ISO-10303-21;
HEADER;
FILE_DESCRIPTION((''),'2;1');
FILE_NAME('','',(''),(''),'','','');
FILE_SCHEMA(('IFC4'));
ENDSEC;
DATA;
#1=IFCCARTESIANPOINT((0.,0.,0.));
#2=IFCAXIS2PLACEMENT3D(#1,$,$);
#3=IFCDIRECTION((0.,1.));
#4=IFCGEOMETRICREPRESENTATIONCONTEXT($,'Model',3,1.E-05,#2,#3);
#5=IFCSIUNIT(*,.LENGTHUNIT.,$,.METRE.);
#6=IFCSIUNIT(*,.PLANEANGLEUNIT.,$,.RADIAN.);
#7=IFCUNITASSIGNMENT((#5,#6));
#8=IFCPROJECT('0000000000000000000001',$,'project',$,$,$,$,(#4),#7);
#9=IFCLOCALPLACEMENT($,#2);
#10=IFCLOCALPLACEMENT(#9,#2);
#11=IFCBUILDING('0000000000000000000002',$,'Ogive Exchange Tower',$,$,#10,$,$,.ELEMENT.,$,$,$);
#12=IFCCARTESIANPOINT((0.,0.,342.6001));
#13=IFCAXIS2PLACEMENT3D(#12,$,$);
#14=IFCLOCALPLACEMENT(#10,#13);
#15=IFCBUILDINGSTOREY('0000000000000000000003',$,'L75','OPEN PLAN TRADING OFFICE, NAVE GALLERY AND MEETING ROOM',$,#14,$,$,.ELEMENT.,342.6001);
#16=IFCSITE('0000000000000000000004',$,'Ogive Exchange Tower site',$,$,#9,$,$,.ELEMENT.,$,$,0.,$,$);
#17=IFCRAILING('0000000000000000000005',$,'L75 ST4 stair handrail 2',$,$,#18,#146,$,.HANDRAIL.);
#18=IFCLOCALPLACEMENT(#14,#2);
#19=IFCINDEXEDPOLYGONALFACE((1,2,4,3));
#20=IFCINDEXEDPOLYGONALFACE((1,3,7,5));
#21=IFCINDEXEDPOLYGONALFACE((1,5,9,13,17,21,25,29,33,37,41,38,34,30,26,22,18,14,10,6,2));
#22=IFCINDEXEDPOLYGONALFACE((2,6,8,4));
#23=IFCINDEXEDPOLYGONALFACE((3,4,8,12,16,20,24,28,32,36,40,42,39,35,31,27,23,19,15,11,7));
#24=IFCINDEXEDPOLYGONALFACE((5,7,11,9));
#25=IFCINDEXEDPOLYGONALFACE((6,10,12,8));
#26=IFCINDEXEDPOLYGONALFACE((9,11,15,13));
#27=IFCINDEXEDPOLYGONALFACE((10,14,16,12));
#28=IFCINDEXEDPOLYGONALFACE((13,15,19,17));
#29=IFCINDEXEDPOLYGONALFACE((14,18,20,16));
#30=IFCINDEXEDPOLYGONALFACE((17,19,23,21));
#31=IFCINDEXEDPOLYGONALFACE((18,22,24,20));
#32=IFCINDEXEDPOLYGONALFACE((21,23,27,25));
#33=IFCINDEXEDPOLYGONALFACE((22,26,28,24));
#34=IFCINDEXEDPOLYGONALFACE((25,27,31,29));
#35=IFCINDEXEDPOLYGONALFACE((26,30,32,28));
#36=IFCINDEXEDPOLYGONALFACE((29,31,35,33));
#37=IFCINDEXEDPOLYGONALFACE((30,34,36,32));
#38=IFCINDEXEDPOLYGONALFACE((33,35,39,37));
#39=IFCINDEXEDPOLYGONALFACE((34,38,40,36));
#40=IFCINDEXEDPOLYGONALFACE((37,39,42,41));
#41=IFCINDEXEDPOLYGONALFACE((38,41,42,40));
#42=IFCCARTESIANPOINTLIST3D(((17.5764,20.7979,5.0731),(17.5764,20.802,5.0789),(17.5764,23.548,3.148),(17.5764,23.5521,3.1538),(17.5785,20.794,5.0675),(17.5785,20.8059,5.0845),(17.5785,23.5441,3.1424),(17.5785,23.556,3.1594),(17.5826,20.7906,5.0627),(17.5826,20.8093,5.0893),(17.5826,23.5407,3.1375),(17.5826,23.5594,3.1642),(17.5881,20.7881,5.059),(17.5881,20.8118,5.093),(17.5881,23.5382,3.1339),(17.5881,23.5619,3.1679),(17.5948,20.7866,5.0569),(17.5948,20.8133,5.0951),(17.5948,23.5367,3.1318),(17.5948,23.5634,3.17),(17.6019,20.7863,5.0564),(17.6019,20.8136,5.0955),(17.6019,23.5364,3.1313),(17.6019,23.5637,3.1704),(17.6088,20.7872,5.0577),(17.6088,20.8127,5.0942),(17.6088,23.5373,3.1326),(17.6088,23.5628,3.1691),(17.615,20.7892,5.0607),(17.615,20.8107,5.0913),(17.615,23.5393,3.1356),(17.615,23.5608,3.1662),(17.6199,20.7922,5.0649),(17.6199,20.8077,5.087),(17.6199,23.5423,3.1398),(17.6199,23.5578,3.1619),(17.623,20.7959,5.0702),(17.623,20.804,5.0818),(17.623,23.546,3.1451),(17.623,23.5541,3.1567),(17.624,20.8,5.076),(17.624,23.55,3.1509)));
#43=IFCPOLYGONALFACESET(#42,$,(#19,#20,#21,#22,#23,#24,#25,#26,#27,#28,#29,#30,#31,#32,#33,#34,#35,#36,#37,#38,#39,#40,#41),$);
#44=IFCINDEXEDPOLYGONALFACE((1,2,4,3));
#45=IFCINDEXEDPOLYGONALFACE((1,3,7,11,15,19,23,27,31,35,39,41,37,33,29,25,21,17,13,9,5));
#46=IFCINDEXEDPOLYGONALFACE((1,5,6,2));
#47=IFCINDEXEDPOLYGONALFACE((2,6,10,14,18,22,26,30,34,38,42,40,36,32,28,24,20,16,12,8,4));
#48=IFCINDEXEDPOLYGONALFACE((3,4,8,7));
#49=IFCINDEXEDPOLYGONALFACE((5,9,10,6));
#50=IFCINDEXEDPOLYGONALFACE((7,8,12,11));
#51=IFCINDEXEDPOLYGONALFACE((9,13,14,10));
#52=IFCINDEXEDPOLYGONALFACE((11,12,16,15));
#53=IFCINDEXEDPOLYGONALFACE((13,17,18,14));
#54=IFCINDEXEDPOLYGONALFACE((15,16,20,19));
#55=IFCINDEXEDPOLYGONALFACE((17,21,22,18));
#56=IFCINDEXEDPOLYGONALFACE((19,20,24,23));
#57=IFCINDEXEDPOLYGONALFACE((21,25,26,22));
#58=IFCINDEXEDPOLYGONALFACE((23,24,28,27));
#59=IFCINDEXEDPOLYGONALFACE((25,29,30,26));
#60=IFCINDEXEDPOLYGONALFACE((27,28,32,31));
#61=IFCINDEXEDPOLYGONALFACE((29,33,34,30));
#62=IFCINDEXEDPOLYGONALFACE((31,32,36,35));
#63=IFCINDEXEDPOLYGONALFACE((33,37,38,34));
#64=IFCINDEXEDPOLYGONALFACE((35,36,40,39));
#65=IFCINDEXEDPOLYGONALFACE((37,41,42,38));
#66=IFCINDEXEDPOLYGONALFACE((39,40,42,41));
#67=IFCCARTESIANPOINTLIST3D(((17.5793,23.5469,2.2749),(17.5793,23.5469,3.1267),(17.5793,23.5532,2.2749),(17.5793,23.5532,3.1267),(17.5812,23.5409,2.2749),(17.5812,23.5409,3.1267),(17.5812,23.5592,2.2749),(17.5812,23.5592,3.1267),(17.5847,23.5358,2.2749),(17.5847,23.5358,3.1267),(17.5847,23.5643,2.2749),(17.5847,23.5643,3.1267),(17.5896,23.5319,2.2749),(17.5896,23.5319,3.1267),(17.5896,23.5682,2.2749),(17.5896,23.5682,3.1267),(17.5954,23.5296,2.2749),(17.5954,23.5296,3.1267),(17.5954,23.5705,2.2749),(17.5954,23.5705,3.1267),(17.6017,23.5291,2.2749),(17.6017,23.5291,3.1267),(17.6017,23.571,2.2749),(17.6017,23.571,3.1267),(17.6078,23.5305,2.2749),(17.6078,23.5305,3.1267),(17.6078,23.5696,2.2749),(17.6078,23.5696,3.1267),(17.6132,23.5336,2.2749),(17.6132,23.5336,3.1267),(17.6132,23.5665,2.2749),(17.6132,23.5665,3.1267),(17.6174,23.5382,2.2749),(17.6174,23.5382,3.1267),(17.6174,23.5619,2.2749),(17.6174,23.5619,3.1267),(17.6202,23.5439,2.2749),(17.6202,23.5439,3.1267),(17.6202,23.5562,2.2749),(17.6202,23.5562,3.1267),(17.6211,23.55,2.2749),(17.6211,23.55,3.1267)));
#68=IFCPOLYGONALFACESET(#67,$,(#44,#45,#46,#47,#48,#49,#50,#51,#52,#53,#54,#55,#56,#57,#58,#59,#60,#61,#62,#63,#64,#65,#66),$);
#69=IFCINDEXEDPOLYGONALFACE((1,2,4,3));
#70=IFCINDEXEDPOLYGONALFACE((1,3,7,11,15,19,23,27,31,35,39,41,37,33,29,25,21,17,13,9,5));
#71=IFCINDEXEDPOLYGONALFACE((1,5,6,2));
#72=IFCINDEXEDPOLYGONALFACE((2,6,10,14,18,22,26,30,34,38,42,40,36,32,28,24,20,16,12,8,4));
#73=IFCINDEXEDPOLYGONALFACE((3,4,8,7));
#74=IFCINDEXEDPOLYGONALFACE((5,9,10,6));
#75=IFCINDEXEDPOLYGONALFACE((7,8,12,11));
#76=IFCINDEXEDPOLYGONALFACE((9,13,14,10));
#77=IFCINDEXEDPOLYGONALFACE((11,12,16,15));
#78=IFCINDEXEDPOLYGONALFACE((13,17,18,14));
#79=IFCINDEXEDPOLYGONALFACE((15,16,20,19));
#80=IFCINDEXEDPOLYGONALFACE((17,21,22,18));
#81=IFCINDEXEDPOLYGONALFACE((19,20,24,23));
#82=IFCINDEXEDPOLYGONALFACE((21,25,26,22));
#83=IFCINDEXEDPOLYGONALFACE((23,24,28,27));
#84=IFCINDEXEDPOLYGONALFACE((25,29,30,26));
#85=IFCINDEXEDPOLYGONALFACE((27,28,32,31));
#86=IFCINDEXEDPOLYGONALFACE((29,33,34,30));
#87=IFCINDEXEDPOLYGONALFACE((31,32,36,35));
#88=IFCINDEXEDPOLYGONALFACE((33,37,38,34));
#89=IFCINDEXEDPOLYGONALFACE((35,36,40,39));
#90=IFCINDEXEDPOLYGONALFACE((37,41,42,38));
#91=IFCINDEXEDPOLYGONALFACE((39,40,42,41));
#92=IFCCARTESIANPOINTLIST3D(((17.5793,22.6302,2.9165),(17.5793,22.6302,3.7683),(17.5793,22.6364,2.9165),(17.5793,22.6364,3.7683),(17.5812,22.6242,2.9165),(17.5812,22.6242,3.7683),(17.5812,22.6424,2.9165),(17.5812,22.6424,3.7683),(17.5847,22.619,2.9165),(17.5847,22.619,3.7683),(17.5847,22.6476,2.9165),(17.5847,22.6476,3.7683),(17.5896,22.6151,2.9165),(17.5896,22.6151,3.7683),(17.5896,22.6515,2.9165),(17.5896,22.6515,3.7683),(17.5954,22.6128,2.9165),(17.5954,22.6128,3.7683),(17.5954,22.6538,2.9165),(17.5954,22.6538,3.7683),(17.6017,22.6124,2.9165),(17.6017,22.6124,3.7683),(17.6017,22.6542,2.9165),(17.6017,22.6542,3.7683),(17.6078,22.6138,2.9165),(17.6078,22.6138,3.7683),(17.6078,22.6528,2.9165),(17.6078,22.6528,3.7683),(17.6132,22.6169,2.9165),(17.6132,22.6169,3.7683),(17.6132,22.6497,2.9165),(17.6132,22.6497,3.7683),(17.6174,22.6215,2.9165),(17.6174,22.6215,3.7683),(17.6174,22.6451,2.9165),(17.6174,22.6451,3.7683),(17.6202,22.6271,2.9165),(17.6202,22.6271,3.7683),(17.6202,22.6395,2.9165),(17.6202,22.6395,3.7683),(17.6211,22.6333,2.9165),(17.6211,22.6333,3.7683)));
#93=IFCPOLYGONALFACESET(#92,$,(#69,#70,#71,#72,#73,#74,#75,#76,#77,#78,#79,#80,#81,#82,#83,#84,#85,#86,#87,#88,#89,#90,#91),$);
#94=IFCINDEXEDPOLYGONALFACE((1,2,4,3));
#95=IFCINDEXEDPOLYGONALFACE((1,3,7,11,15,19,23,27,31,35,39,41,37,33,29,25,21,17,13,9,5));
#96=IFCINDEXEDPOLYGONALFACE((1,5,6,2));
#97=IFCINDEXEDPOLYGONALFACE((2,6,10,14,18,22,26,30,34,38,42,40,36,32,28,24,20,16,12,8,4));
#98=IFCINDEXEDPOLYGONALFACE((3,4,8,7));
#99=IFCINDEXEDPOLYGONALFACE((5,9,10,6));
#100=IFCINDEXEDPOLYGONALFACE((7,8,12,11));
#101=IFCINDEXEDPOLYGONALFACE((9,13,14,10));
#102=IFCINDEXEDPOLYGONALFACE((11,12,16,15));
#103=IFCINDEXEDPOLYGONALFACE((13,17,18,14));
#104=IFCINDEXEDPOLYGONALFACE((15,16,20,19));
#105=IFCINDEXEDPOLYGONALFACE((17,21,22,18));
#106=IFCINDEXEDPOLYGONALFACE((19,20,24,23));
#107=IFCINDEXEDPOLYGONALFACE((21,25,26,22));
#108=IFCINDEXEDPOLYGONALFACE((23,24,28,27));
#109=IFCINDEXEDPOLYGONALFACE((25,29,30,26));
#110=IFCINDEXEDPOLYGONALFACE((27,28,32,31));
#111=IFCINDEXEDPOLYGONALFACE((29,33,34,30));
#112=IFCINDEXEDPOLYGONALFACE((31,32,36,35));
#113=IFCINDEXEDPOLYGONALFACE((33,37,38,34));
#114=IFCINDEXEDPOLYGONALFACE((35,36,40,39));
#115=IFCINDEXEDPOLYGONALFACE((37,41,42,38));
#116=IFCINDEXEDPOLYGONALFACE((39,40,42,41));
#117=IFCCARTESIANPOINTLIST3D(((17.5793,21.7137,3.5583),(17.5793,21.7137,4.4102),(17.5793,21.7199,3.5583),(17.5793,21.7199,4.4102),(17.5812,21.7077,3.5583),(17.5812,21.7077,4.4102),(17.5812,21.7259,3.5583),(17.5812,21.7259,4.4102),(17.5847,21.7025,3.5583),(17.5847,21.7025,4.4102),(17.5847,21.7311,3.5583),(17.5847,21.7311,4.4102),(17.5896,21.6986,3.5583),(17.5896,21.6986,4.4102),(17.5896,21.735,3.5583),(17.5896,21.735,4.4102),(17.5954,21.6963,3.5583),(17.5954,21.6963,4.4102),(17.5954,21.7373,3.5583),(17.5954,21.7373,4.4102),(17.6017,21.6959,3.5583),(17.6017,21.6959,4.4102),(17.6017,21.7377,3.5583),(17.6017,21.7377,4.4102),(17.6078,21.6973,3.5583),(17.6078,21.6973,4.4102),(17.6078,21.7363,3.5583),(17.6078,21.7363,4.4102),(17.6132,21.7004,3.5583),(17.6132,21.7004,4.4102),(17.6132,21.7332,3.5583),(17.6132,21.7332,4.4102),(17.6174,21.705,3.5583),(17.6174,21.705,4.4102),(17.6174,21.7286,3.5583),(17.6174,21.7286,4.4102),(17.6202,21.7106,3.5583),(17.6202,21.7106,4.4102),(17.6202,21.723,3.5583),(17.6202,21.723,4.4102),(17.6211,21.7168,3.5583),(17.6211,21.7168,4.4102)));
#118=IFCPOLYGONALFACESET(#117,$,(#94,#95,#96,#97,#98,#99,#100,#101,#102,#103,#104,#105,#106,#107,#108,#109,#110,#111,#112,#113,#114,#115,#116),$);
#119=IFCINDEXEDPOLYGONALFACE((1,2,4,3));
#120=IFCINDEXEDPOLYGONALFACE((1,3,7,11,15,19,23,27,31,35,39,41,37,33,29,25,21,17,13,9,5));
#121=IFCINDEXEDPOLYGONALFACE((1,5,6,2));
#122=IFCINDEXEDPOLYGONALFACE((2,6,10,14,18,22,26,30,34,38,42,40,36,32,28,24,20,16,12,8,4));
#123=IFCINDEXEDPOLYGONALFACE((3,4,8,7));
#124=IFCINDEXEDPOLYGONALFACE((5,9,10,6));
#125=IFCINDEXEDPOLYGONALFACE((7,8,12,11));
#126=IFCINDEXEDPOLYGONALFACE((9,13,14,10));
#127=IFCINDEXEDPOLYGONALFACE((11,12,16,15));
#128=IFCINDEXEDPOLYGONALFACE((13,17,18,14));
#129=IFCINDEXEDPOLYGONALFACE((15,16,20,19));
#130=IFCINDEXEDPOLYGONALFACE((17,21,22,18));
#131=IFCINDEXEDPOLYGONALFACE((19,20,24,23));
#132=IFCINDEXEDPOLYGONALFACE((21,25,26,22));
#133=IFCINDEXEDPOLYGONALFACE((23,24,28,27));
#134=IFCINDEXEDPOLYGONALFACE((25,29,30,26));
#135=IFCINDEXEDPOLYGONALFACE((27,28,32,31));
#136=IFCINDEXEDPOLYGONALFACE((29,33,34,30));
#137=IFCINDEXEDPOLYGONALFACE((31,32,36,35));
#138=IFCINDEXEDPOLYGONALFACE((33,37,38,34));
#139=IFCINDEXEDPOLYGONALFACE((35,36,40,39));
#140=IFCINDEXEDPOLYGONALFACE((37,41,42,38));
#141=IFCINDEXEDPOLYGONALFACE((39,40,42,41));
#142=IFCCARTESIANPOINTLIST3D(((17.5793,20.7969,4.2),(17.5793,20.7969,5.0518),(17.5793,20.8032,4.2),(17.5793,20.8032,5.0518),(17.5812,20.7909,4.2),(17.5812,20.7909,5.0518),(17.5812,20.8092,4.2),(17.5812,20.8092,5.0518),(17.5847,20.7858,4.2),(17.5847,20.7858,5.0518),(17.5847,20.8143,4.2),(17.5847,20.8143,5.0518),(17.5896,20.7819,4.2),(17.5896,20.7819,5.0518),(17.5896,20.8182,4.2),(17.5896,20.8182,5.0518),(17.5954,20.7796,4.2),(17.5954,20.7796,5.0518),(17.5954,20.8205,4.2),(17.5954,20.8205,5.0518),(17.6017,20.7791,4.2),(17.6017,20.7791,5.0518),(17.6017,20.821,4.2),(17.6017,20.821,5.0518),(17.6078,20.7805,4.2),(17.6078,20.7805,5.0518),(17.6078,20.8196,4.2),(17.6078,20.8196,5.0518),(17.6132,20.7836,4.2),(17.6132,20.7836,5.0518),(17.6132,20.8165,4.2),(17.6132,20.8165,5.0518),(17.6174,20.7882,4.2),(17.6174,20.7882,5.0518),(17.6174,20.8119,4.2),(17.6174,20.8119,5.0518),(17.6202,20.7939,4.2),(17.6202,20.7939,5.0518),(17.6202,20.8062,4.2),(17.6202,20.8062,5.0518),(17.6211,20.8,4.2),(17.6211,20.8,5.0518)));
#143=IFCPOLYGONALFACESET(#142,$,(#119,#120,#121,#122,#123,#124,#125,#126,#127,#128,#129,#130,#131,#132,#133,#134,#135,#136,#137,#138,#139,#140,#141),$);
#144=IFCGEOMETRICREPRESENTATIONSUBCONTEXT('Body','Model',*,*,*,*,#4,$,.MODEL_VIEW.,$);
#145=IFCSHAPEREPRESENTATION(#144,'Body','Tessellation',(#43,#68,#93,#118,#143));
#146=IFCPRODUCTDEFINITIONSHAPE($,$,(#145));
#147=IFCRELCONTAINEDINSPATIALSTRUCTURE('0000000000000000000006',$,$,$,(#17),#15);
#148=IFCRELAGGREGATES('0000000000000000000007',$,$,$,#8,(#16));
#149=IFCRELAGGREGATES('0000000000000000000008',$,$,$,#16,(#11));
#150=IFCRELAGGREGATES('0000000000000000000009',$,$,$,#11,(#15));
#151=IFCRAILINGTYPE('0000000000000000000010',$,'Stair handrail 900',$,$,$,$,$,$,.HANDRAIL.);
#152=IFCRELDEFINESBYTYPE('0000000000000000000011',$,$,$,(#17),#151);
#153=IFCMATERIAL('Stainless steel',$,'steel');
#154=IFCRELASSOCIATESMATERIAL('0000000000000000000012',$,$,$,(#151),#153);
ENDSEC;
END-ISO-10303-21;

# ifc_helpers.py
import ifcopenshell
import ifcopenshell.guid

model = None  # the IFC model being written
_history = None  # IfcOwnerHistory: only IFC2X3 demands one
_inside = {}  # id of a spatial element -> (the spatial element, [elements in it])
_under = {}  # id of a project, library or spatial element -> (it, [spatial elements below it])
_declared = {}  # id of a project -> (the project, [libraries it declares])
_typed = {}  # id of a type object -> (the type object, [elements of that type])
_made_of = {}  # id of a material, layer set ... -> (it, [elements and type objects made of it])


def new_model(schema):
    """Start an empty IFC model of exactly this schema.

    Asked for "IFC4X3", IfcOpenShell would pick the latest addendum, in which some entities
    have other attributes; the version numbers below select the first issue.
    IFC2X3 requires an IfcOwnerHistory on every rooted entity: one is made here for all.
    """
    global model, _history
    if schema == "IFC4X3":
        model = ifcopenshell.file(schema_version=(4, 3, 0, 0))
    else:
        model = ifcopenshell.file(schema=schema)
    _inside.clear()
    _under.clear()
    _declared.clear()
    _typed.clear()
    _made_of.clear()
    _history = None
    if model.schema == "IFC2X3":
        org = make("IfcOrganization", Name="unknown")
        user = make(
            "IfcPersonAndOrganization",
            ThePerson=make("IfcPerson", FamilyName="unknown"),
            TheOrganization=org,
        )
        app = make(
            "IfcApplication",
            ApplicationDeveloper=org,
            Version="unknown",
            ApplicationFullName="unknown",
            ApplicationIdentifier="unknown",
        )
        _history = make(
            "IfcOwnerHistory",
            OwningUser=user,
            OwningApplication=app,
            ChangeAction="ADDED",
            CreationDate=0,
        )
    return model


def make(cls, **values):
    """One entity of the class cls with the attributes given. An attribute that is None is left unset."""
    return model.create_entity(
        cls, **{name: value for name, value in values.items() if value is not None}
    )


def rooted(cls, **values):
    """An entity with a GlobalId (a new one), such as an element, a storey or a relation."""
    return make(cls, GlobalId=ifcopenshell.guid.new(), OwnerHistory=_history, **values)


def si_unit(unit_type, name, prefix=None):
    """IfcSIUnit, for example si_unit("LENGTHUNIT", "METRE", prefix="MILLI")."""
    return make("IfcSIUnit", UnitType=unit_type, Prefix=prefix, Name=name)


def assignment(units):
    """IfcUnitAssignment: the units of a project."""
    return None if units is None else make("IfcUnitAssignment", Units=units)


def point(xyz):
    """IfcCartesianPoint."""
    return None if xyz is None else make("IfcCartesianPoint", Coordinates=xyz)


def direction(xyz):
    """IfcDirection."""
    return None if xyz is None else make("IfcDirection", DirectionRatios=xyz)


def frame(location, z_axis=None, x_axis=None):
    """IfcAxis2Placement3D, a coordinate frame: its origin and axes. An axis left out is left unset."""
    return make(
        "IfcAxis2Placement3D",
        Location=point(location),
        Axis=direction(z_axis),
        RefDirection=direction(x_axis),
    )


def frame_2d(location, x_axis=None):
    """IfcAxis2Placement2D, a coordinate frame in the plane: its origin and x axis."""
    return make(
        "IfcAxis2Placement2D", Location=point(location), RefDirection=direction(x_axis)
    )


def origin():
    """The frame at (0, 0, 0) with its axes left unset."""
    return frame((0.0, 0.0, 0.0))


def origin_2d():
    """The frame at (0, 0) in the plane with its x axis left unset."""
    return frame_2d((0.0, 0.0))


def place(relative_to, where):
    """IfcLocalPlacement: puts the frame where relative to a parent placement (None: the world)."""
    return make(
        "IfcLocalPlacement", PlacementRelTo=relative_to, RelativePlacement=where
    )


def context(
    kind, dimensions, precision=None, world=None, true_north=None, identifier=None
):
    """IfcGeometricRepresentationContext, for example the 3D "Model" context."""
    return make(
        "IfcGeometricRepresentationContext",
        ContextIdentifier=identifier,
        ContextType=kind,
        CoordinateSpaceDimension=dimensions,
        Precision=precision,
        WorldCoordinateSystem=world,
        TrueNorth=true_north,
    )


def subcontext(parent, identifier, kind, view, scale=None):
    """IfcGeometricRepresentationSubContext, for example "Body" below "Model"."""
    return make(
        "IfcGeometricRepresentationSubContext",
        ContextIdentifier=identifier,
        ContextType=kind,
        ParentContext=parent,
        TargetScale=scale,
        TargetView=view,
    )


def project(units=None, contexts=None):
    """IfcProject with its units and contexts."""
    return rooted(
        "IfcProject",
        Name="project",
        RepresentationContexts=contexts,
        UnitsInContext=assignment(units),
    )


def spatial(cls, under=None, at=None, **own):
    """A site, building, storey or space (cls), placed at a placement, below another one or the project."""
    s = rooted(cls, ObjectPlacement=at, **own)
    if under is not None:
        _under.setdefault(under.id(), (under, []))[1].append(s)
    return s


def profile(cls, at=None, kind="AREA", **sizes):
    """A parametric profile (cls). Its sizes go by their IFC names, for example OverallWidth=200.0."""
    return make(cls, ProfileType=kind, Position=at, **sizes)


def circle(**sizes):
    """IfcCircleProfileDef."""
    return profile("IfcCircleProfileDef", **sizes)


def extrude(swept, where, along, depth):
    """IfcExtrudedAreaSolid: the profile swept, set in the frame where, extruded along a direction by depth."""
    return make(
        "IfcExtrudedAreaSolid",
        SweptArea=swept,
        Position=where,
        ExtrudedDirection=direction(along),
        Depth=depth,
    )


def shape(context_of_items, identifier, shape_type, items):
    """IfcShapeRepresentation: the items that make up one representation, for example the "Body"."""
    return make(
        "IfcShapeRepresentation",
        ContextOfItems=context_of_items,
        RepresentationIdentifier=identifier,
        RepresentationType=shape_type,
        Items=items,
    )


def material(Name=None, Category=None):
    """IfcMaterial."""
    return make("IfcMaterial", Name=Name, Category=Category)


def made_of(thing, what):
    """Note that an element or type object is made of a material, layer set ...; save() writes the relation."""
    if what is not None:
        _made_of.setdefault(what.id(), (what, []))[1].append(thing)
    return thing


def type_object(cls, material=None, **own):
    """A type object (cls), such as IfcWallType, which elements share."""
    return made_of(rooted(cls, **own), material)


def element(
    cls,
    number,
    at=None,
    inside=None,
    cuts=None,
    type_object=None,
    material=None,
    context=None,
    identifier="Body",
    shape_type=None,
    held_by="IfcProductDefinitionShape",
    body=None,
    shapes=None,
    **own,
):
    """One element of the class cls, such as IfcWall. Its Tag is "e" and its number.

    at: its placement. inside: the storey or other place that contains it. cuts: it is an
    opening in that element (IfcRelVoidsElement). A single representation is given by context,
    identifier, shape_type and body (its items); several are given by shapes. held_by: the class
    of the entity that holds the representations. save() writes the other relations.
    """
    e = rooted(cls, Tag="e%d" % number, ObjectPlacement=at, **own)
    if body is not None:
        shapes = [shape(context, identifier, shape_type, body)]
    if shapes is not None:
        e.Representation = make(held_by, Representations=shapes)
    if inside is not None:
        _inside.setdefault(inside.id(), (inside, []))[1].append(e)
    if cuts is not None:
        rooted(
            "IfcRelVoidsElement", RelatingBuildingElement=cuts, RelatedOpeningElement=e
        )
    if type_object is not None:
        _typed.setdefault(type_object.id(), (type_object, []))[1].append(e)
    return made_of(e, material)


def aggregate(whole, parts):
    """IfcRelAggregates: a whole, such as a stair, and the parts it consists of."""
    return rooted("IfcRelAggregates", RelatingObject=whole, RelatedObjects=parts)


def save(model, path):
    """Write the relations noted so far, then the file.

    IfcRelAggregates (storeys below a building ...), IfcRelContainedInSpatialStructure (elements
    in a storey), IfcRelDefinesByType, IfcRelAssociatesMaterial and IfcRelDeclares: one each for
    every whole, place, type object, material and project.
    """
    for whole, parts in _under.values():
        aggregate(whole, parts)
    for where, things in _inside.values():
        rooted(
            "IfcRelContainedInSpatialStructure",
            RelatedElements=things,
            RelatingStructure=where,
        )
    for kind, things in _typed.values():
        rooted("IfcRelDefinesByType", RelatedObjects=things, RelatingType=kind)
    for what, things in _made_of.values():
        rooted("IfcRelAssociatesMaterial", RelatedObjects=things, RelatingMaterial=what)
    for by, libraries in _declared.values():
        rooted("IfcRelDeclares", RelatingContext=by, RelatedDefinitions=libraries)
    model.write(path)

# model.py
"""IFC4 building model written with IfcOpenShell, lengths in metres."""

from ifc_helpers import new_model, si_unit, direction, frame, origin, origin_2d, place, context, subcontext, project, spatial, circle, extrude, material, type_object, element, save


model = new_model("IFC4")

# Units and contexts
model_context = context("Model", 3, precision=1e-05, world=origin(), true_north=direction((0.0, 1.0)))
body_context = subcontext(model_context, "Body", "Model", "MODEL_VIEW")
ifc_project = project(units=[si_unit("LENGTHUNIT", "METRE"), si_unit("PLANEANGLEUNIT", "RADIAN")], contexts=[model_context])

# Site, building, storey
site_placement = place(None, origin())
site = spatial("IfcSite", under=ifc_project, at=site_placement, Name="Ogive Exchange Tower site", CompositionType="ELEMENT", RefElevation=0.0)
building_placement = place(site_placement, origin())
building = spatial("IfcBuilding", under=site, at=building_placement, Name="Ogive Exchange Tower", CompositionType="ELEMENT")
storey_placement = place(building_placement, frame((0.0, 0.0, 342.6001)))
storey = spatial("IfcBuildingStorey", under=building, at=storey_placement, Name="L75", Description="OPEN PLAN TRADING OFFICE, NAVE GALLERY AND MEETING ROOM", CompositionType="ELEMENT", Elevation=342.6001)

# Railing
ifc_material_1 = material(Name="Stainless steel", Category="steel")
railing_type = type_object("IfcRailingType", Name="Stair handrail 900", PredefinedType="HANDRAIL", material=ifc_material_1)
railing_placement = place(storey_placement, frame((17.6001, 23.55, 2.2749)))
element("IfcRailing", 1, at=railing_placement, inside=storey, type_object=railing_type, Name="L75 ST4 stair handrail 2", PredefinedType="HANDRAIL", context=body_context, shape_type="SweptSolid", body=[
    extrude(circle(Radius=0.0239, at=origin_2d()), frame((0.0, 0.0, 0.876), z_axis=(0.0, -0.819225, 0.573472), x_axis=(1.0, 0.0, 0.0)), (0.0, 0.0, 1.0), 3.3569),
    extrude(circle(Radius=0.021, at=origin_2d()), origin(), (0.0, 0.0, 1.0), 0.8518),
    extrude(circle(Radius=0.021, at=origin_2d()), frame((0.0, -0.9167, 0.6416)), (0.0, 0.0, 1.0), 0.8518),
    extrude(circle(Radius=0.021, at=origin_2d()), frame((0.0, -1.8333, 1.2834)), (0.0, 0.0, 1.0), 0.8518),
    extrude(circle(Radius=0.021, at=origin_2d()), frame((0.0, -2.75, 1.925)), (0.0, 0.0, 1.0), 0.8518),
])

save(model, "model.ifc")
